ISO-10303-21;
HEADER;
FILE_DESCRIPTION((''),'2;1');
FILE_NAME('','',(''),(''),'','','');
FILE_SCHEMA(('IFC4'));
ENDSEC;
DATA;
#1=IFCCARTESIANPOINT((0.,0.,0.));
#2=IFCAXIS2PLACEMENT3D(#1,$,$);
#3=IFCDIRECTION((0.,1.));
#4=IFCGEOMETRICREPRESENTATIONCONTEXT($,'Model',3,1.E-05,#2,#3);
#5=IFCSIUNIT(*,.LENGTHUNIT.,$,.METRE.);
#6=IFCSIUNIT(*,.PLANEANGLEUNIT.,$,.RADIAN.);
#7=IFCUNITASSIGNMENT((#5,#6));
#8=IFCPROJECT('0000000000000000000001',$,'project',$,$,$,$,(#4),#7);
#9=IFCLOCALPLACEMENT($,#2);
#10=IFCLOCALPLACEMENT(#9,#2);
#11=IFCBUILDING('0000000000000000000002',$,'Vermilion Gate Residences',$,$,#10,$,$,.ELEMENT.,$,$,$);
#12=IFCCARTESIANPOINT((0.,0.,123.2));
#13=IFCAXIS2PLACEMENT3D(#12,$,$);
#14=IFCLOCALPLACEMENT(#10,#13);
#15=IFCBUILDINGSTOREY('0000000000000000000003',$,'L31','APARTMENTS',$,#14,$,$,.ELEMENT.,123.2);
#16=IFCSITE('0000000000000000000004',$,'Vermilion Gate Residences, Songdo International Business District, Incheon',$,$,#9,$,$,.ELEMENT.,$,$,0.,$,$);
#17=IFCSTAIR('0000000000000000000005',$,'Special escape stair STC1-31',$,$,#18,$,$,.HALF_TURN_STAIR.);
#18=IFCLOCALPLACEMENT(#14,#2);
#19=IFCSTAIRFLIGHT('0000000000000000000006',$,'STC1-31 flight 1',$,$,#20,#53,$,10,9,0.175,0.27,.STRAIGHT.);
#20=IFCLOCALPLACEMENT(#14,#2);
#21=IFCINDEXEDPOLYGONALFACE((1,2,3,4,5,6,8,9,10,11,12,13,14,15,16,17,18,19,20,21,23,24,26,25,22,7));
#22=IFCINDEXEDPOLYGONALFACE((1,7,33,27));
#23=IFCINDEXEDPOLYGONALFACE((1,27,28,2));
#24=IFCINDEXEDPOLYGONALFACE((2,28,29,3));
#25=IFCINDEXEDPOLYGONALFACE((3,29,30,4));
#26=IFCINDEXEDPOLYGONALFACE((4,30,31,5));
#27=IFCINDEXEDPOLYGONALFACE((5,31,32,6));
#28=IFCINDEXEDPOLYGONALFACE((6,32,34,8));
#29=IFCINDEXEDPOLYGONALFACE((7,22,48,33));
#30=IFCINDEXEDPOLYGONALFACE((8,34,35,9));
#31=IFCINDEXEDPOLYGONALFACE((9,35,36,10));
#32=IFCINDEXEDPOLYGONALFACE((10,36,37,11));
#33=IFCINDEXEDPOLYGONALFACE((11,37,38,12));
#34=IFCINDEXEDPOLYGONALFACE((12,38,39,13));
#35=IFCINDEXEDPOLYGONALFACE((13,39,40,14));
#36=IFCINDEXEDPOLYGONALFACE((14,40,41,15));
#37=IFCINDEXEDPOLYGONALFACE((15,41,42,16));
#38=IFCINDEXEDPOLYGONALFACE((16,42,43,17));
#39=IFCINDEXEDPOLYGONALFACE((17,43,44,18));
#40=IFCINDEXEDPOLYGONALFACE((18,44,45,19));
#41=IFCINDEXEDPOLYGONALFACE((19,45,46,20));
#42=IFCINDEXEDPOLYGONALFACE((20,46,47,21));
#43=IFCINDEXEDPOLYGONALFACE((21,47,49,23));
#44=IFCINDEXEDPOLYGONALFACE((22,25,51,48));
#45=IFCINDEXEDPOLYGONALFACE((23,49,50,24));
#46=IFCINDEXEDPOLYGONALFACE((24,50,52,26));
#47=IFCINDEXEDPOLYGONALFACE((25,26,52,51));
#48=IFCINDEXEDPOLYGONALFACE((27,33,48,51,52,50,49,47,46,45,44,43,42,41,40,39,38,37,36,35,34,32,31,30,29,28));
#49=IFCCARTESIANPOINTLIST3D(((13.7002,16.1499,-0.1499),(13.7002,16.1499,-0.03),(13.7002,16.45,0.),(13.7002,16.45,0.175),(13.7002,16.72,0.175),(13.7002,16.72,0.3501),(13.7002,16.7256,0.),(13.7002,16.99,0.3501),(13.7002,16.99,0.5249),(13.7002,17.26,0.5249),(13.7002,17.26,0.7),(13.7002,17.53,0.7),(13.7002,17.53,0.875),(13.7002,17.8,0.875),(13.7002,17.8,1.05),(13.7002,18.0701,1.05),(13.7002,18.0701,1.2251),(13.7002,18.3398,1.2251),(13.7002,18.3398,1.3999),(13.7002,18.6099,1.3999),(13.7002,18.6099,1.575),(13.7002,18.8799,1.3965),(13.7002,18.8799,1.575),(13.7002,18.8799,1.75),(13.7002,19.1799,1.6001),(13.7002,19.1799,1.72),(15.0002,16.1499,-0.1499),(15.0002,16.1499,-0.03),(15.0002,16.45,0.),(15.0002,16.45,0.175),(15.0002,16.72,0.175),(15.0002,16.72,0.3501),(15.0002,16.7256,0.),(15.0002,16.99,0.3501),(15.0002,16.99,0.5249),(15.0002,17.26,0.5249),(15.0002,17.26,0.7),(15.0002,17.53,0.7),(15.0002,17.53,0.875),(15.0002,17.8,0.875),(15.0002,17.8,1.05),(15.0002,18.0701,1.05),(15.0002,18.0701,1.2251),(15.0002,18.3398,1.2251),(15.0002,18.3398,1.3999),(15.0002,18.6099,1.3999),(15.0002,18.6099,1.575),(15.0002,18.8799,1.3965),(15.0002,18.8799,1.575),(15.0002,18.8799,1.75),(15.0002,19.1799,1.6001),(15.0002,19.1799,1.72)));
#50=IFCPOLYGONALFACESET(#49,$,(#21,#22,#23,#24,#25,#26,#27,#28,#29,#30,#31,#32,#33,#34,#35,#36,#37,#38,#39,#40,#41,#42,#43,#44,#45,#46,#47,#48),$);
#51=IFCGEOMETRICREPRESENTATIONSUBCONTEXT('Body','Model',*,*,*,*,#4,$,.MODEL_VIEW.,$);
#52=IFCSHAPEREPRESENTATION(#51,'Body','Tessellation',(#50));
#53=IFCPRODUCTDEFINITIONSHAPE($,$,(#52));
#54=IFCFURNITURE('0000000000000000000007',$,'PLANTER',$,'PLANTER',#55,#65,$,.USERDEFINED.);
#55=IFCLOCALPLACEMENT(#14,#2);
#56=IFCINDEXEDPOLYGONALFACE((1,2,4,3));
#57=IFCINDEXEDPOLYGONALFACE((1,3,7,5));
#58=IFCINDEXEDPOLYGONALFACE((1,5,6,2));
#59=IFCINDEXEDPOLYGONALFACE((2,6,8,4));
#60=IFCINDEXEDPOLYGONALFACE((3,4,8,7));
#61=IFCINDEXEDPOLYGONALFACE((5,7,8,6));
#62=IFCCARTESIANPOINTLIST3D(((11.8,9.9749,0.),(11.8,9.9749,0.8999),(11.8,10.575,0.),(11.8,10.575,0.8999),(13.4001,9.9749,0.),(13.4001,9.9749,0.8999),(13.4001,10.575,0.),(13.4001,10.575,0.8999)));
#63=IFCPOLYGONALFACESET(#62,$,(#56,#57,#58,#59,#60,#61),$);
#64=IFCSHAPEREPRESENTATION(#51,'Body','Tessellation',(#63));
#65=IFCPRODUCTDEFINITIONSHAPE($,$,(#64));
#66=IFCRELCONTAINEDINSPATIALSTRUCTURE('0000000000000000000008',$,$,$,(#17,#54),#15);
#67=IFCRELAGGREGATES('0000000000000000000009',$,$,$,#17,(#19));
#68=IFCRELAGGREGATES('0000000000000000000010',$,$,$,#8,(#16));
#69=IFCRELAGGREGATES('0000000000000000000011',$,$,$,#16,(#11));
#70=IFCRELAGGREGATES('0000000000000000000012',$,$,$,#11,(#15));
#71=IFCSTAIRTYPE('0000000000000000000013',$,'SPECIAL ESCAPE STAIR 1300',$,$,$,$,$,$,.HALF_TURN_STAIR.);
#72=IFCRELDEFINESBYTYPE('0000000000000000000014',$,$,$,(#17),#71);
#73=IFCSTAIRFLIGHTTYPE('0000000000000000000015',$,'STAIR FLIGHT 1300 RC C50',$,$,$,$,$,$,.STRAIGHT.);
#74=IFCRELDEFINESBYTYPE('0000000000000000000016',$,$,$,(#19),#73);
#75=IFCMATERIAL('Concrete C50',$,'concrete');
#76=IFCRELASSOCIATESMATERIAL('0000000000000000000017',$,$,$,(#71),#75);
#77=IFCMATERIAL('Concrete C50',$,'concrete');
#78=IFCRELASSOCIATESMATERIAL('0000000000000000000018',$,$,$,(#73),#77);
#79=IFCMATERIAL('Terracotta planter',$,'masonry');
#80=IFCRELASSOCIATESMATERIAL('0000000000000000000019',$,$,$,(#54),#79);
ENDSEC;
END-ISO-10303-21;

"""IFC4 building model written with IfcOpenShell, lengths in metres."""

from ifc_helpers import new_model, si_unit, direction, frame, origin, origin_2d, place, context, subcontext, project, spatial, polyline, rectangle, outline, extrude, material, type_object, element, aggregate, save


model = new_model("IFC4")

# Units and contexts
model_context = context("Model", 3, precision=1e-05, world=origin(), true_north=direction((0.0, 1.0)))
body_context = subcontext(model_context, "Body", "Model", "MODEL_VIEW")
ifc_project = project(units=[si_unit("LENGTHUNIT", "METRE"), si_unit("PLANEANGLEUNIT", "RADIAN")], contexts=[model_context])

# Site, building, storey
site_placement = place(None, origin())
site = spatial("IfcSite", under=ifc_project, at=site_placement, Name="Vermilion Gate Residences, Songdo International Business District, Incheon", CompositionType="ELEMENT", RefElevation=0.0)
building_placement = place(site_placement, origin())
building = spatial("IfcBuilding", under=site, at=building_placement, Name="Vermilion Gate Residences", CompositionType="ELEMENT")
storey_placement = place(building_placement, frame((0.0, 0.0, 123.2)))
storey = spatial("IfcBuildingStorey", under=building, at=storey_placement, Name="L31", Description="APARTMENTS", CompositionType="ELEMENT", Elevation=123.2)

# Stair, stair flight
ifc_material_1 = material(Name="Concrete C50", Category="concrete")
stair_type = type_object("IfcStairType", Name="SPECIAL ESCAPE STAIR 1300", PredefinedType="HALF_TURN_STAIR", material=ifc_material_1)
stair_placement = place(storey_placement, origin())
stair = element("IfcStair", 1, at=stair_placement, inside=storey, type_object=stair_type, Name="Special escape stair STC1-31", PredefinedType="HALF_TURN_STAIR")
ifc_material_2 = material(Name="Concrete C50", Category="concrete")
stair_flight_type = type_object("IfcStairFlightType", Name="STAIR FLIGHT 1300 RC C50", PredefinedType="STRAIGHT", material=ifc_material_2)
stair_flight_placement = place(storey_placement, frame((14.3501, 16.45, 0.0), z_axis=(0.0, 0.0, 1.0), x_axis=(0.0, 1.0, 0.0)))
stair_flight = element("IfcStairFlight", 2, at=stair_flight_placement, type_object=stair_flight_type, Name="STC1-31 flight 1", NumberOfRisers=10, NumberOfTreads=9, PredefinedType="STRAIGHT", RiserHeight=0.175, TreadLength=0.27, context=body_context, shape_type="SweptSolid", body=[
    extrude(outline(polyline([(-0.3, -0.1499), (-0.3, -0.03), (0.0, 0.0), (0.0, 0.175), (0.27, 0.175), (0.27, 0.3501), (0.54, 0.3501), (0.54, 0.5249), (0.8101, 0.5249), (0.8101, 0.7), (1.0801, 0.7), (1.0801, 0.875), (1.3501, 0.875), (1.3501, 1.05), (1.6201, 1.05), (1.6201, 1.2251), (1.8899, 1.2251), (1.8899, 1.3999), (2.1599, 1.3999), (2.1599, 1.575), (2.4299, 1.575), (2.4299, 1.75), (2.73, 1.72), (2.73, 1.6001), (2.4299, 1.3965), (0.2756, 0.0), (-0.3, -0.1499)])), frame((0.0, 0.6499, 0.0), z_axis=(0.0, -1.0, 0.0), x_axis=(1.0, 0.0, 0.0)), (0.0, 0.0, 1.0), 1.3),
])
aggregate(stair, [stair_flight])

# Furniture
ifc_material_3 = material(Name="Terracotta planter", Category="masonry")
furniture_placement = place(storey_placement, frame((12.6001, 10.2749, 0.0), z_axis=(0.0, 0.0, 1.0), x_axis=(1.0, 0.0, 0.0)))
element("IfcFurniture", 3, at=furniture_placement, inside=storey, material=ifc_material_3, Name="PLANTER", ObjectType="PLANTER", PredefinedType="USERDEFINED", context=body_context, shape_type="SweptSolid", body=[
    extrude(rectangle(XDim=1.6001, YDim=0.6001, at=origin_2d()), origin(), (0.0, 0.0, 1.0), 0.8999),
])

save(model, "model.ifc")
